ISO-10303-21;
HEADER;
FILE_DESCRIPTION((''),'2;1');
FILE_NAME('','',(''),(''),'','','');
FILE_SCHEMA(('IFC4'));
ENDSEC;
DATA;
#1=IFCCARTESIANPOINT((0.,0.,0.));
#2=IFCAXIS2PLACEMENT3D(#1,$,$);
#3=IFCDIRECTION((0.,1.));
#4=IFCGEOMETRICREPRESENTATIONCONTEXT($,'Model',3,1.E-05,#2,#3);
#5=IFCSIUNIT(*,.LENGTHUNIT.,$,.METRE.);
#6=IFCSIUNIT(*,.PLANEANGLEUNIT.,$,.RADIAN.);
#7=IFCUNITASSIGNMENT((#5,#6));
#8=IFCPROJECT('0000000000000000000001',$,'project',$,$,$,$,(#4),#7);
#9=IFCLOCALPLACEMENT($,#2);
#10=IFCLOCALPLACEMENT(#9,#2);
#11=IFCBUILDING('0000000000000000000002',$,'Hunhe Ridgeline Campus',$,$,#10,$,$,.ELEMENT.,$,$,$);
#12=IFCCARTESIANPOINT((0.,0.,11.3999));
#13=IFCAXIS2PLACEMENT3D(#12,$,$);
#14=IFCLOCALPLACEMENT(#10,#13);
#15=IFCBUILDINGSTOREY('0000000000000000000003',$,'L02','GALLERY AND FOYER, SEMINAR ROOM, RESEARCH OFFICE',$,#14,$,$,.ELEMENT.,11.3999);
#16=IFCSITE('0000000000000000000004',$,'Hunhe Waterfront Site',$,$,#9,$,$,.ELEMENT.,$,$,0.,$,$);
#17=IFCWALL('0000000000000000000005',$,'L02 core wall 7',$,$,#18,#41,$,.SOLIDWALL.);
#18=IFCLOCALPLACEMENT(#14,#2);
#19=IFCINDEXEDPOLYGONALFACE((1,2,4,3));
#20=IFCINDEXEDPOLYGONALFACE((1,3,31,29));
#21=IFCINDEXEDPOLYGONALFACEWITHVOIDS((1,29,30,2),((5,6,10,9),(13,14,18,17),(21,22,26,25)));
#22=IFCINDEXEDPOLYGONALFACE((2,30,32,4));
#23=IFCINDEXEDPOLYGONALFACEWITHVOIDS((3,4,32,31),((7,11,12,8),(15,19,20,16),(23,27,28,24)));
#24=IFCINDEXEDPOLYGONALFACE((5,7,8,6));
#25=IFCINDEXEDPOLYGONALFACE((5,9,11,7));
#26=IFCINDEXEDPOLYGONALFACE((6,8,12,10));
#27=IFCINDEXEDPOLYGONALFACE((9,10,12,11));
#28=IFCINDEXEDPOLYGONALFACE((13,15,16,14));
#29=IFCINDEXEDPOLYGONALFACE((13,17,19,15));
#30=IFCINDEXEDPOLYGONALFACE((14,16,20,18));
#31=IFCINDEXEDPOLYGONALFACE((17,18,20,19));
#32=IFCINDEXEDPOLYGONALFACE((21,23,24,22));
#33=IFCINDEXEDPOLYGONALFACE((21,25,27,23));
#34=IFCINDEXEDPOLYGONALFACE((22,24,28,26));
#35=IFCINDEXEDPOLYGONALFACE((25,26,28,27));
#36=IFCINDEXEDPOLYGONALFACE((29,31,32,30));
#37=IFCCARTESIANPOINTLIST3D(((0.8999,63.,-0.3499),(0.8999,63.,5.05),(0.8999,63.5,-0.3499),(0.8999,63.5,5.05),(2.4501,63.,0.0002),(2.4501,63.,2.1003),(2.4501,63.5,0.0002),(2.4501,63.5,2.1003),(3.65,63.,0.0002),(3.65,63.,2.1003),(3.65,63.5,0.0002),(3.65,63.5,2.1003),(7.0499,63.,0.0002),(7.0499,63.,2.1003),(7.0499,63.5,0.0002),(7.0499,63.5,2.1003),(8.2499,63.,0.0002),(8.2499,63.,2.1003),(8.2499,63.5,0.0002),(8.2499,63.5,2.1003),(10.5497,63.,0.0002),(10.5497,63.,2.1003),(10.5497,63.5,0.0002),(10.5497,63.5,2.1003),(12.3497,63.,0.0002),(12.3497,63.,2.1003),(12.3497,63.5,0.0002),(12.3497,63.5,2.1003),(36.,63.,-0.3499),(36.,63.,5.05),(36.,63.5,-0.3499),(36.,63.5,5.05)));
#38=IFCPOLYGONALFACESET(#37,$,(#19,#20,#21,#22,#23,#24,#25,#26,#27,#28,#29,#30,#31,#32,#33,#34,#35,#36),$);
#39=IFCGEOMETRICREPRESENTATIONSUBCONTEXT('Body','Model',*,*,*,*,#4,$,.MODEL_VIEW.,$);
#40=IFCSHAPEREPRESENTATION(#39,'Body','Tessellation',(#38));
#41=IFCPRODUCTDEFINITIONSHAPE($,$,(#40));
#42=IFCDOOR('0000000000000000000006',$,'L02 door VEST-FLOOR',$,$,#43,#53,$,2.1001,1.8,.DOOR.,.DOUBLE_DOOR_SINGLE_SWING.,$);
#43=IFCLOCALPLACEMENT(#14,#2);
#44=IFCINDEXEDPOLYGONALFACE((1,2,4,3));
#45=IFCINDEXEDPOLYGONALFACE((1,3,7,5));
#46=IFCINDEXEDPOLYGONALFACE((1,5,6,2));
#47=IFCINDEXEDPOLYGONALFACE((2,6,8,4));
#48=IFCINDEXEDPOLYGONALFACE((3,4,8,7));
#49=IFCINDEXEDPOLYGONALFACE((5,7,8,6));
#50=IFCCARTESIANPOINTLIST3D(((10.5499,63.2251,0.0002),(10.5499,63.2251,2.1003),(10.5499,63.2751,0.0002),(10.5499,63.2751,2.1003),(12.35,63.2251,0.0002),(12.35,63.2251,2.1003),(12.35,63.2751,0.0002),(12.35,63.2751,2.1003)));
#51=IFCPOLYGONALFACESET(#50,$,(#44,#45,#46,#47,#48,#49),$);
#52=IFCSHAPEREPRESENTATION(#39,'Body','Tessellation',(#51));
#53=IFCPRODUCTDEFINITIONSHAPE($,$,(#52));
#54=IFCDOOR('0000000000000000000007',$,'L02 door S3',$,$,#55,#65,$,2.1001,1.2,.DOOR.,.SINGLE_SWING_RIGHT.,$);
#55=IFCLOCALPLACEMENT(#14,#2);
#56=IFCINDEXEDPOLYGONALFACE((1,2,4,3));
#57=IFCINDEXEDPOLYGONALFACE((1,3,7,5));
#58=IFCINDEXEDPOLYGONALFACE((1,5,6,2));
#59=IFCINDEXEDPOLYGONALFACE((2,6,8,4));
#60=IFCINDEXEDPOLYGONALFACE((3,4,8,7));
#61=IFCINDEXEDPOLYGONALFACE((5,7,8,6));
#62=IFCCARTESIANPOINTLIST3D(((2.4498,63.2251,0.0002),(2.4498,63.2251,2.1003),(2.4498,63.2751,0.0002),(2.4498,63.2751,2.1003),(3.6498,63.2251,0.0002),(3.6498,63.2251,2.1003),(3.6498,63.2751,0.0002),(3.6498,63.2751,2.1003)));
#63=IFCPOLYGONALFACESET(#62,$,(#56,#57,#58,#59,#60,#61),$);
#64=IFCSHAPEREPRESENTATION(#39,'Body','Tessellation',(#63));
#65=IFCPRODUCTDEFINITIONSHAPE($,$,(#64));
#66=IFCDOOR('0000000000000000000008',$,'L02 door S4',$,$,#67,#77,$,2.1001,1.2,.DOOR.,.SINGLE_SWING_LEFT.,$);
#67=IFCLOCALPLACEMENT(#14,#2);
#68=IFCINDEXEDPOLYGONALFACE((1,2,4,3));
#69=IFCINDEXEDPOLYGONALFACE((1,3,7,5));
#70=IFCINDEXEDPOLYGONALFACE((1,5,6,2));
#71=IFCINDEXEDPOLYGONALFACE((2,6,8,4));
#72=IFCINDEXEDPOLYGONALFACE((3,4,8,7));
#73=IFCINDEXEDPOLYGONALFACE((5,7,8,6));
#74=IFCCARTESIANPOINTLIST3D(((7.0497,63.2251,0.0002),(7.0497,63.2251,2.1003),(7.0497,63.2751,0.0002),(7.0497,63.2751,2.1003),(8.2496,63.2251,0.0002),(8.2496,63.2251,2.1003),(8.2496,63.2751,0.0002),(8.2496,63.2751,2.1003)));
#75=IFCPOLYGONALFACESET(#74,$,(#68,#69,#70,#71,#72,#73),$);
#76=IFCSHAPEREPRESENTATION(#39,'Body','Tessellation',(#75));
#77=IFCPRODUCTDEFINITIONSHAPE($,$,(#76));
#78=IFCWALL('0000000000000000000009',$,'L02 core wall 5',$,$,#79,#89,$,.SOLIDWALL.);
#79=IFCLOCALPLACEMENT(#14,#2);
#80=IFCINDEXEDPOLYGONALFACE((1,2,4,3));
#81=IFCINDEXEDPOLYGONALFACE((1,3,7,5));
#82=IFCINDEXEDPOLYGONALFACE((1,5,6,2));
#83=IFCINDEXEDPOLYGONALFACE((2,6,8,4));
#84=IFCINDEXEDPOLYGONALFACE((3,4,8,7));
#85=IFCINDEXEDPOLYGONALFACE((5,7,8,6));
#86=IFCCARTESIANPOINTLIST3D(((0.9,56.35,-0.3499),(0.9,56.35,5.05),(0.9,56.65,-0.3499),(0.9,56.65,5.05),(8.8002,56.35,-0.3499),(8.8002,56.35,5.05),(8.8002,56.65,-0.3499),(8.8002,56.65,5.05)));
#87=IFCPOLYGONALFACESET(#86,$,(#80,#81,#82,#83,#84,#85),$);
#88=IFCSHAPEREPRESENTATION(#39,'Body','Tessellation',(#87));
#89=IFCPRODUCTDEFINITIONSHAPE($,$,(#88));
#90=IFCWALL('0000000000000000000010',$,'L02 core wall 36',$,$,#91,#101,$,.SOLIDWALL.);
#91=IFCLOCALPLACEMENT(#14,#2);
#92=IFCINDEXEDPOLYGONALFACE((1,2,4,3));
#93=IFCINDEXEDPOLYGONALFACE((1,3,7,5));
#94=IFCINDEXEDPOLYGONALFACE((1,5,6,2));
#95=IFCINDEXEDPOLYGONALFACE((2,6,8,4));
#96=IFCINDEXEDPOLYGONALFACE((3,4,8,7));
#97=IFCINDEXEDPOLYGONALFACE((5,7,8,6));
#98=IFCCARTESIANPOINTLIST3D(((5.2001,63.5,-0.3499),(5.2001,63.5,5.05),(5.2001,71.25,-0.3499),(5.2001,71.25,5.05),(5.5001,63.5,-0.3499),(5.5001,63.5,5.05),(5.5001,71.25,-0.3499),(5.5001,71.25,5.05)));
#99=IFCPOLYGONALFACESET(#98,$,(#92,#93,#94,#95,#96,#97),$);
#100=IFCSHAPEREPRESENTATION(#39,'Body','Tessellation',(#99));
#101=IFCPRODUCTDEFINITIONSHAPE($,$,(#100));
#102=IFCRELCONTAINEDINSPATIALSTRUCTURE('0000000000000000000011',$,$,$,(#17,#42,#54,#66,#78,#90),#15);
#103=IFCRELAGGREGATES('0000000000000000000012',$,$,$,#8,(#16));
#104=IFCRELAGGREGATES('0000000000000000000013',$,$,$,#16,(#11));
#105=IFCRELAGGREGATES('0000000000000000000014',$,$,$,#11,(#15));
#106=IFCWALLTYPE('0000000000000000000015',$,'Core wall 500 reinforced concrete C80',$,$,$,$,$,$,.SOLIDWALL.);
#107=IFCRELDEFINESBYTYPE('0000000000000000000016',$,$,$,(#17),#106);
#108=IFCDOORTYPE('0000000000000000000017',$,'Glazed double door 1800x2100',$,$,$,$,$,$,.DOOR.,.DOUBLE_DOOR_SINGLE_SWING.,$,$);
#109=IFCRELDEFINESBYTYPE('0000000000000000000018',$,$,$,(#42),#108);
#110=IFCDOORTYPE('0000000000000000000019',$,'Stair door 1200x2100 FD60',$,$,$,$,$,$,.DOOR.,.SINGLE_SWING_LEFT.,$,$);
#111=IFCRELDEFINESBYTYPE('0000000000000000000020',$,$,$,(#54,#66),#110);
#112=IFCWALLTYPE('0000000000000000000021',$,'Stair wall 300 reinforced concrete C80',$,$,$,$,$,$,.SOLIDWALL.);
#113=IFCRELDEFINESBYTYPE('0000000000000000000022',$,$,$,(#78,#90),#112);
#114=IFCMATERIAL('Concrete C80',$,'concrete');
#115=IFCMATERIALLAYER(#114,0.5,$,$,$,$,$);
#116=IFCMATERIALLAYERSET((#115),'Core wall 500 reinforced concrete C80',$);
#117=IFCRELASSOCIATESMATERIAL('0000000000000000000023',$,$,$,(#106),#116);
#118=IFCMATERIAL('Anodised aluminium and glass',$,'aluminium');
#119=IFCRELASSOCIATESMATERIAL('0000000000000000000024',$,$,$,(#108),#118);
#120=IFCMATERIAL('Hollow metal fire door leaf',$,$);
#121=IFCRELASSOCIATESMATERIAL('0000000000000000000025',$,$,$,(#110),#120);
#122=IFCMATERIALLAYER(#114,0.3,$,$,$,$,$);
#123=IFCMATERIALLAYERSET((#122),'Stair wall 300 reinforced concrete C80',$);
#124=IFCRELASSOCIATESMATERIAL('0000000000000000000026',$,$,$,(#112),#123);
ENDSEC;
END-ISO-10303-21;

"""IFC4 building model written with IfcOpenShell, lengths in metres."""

from ifc_helpers import new_model, si_unit, direction, frame, frame_2d, origin, place, context, subcontext, project, spatial, rectangle, extrude, material, layer, layer_set, type_object, element, fill, save


model = new_model("IFC4")

# Units and contexts
model_context = context("Model", 3, precision=1e-05, world=origin(), true_north=direction((0.0, 1.0)))
body_context = subcontext(model_context, "Body", "Model", "MODEL_VIEW")
ifc_project = project(units=[si_unit("LENGTHUNIT", "METRE"), si_unit("PLANEANGLEUNIT", "RADIAN")], contexts=[model_context])

# Site, building, storey
site_placement = place(None, origin())
site = spatial("IfcSite", under=ifc_project, at=site_placement, Name="Hunhe Waterfront Site", CompositionType="ELEMENT", RefElevation=0.0)
building_placement = place(site_placement, origin())
building = spatial("IfcBuilding", under=site, at=building_placement, Name="Hunhe Ridgeline Campus", CompositionType="ELEMENT")
storey_placement = place(building_placement, frame((0.0, 0.0, 11.3999)))
storey = spatial("IfcBuildingStorey", under=building, at=storey_placement, Name="L02", Description="GALLERY AND FOYER, SEMINAR ROOM, RESEARCH OFFICE", CompositionType="ELEMENT", Elevation=11.3999)

# Wall, openings, doors
ifc_material_1 = material(Name="Concrete C80", Category="concrete")
ifc_layer_1 = layer(ifc_material_1, 0.5)
ifc_layer_set_1 = layer_set([ifc_layer_1], Name="Core wall 500 reinforced concrete C80")
wall_type_1 = type_object("IfcWallType", Name="Core wall 500 reinforced concrete C80", PredefinedType="SOLIDWALL", material=ifc_layer_set_1)
wall_1_placement = place(storey_placement, frame((0.8999, 63.25, -0.3499), z_axis=(0.0, 0.0, 1.0), x_axis=(1.0, 0.0, 0.0)))
wall_1 = element("IfcWall", 1, at=wall_1_placement, inside=storey, type_object=wall_type_1, Name="L02 core wall 7", PredefinedType="SOLIDWALL", context=body_context, shape_type="SweptSolid", body=[
    extrude(rectangle(XDim=35.1001, YDim=0.5, at=frame_2d((17.55, 0.0))), origin(), (0.0, 0.0, 1.0), 5.3999),
])
opening_1_placement = place(wall_1_placement, frame((9.6499, 0.0, 0.3501)))
opening_1 = element("IfcOpeningElement", 2, at=opening_1_placement, cuts=wall_1, PredefinedType="OPENING", context=body_context, shape_type="SweptSolid", body=[
    extrude(rectangle(XDim=1.8, YDim=2.1001, at=frame_2d((0.8999, 1.05))), frame((0.0, 0.25, 0.0), z_axis=(0.0, -1.0, 0.0), x_axis=(1.0, 0.0, 0.0)), (0.0, 0.0, 1.0), 0.5),
])
opening_2_placement = place(wall_1_placement, frame((1.55, 0.0, 0.3501)))
opening_2 = element("IfcOpeningElement", 3, at=opening_2_placement, cuts=wall_1, PredefinedType="OPENING", context=body_context, shape_type="SweptSolid", body=[
    extrude(rectangle(XDim=1.2, YDim=2.1001, at=frame_2d((0.6001, 1.05))), frame((0.0, 0.25, 0.0), z_axis=(0.0, -1.0, 0.0), x_axis=(1.0, 0.0, 0.0)), (0.0, 0.0, 1.0), 0.5),
])
opening_3_placement = place(wall_1_placement, frame((6.1499, 0.0, 0.3501)))
opening_3 = element("IfcOpeningElement", 4, at=opening_3_placement, cuts=wall_1, PredefinedType="OPENING", context=body_context, shape_type="SweptSolid", body=[
    extrude(rectangle(XDim=1.2, YDim=2.1001, at=frame_2d((0.6001, 1.05))), frame((0.0, 0.25, 0.0), z_axis=(0.0, -1.0, 0.0), x_axis=(1.0, 0.0, 0.0)), (0.0, 0.0, 1.0), 0.5),
])
ifc_material_2 = material(Name="Anodised aluminium and glass", Category="aluminium")
door_type_1 = type_object("IfcDoorType", Name="Glazed double door 1800x2100", OperationType="DOUBLE_DOOR_SINGLE_SWING", PredefinedType="DOOR", material=ifc_material_2)
door_1_placement = place(opening_1_placement, frame((1.8, 0.0, 0.0), z_axis=(0.0, 0.0, 1.0), x_axis=(-1.0, 0.0, 0.0)))
door_1 = element("IfcDoor", 5, at=door_1_placement, inside=storey, type_object=door_type_1, Name="L02 door VEST-FLOOR", OperationType="DOUBLE_DOOR_SINGLE_SWING", OverallHeight=2.1001, OverallWidth=1.8, PredefinedType="DOOR", context=body_context, shape_type="SweptSolid", body=[
    extrude(rectangle(XDim=1.8, YDim=2.1001, at=frame_2d((0.8999, 1.05))), frame((0.0, 0.0249, 0.0), z_axis=(0.0, -1.0, 0.0), x_axis=(1.0, 0.0, 0.0)), (0.0, 0.0, 1.0), 0.05),
])
fill(opening_1, door_1)
ifc_material_3 = material(Name="Hollow metal fire door leaf")
door_type_2 = type_object("IfcDoorType", Name="Stair door 1200x2100 FD60", OperationType="SINGLE_SWING_LEFT", PredefinedType="DOOR", material=ifc_material_3)
door_2_placement = place(opening_2_placement, frame((1.2, 0.0, 0.0), z_axis=(0.0, 0.0, 1.0), x_axis=(-1.0, 0.0, 0.0)))
door_2 = element("IfcDoor", 6, at=door_2_placement, inside=storey, type_object=door_type_2, Name="L02 door S3", OperationType="SINGLE_SWING_RIGHT", OverallHeight=2.1001, OverallWidth=1.2, PredefinedType="DOOR", context=body_context, shape_type="SweptSolid", body=[
    extrude(rectangle(XDim=1.2, YDim=2.1001, at=frame_2d((0.6001, 1.05))), frame((0.0, 0.0249, 0.0), z_axis=(0.0, -1.0, 0.0), x_axis=(1.0, 0.0, 0.0)), (0.0, 0.0, 1.0), 0.05),
])
fill(opening_2, door_2)
door_3_placement = place(opening_3_placement, frame((1.2, 0.0, 0.0), z_axis=(0.0, 0.0, 1.0), x_axis=(-1.0, 0.0, 0.0)))
door_3 = element("IfcDoor", 7, at=door_3_placement, inside=storey, type_object=door_type_2, Name="L02 door S4", OperationType="SINGLE_SWING_LEFT", OverallHeight=2.1001, OverallWidth=1.2, PredefinedType="DOOR", context=body_context, shape_type="SweptSolid", body=[
    extrude(rectangle(XDim=1.2, YDim=2.1001, at=frame_2d((0.6001, 1.05))), frame((0.0, 0.0249, 0.0), z_axis=(0.0, -1.0, 0.0), x_axis=(1.0, 0.0, 0.0)), (0.0, 0.0, 1.0), 0.05),
])
fill(opening_3, door_3)

# Wall
ifc_layer_2 = layer(ifc_material_1, 0.3)
ifc_layer_set_2 = layer_set([ifc_layer_2], Name="Stair wall 300 reinforced concrete C80")
wall_type_2 = type_object("IfcWallType", Name="Stair wall 300 reinforced concrete C80", PredefinedType="SOLIDWALL", material=ifc_layer_set_2)
wall_2_placement = place(storey_placement, frame((0.8999, 56.5, -0.3499), z_axis=(0.0, 0.0, 1.0), x_axis=(1.0, 0.0, 0.0)))
element("IfcWall", 8, at=wall_2_placement, inside=storey, type_object=wall_type_2, Name="L02 core wall 5", PredefinedType="SOLIDWALL", context=body_context, shape_type="SweptSolid", body=[
    extrude(rectangle(XDim=7.9001, YDim=0.3, at=frame_2d((3.9502, 0.0))), origin(), (0.0, 0.0, 1.0), 5.3999),
])

# Wall
wall_3_placement = place(storey_placement, frame((5.3501, 63.5, -0.3499), z_axis=(0.0, 0.0, 1.0), x_axis=(0.0, 1.0, 0.0)))
element("IfcWall", 9, at=wall_3_placement, inside=storey, type_object=wall_type_2, Name="L02 core wall 36", PredefinedType="SOLIDWALL", context=body_context, shape_type="SweptSolid", body=[
    extrude(rectangle(XDim=7.75, YDim=0.3, at=frame_2d((3.875, 0.0))), origin(), (0.0, 0.0, 1.0), 5.3999),
])

save(model, "model.ifc")
